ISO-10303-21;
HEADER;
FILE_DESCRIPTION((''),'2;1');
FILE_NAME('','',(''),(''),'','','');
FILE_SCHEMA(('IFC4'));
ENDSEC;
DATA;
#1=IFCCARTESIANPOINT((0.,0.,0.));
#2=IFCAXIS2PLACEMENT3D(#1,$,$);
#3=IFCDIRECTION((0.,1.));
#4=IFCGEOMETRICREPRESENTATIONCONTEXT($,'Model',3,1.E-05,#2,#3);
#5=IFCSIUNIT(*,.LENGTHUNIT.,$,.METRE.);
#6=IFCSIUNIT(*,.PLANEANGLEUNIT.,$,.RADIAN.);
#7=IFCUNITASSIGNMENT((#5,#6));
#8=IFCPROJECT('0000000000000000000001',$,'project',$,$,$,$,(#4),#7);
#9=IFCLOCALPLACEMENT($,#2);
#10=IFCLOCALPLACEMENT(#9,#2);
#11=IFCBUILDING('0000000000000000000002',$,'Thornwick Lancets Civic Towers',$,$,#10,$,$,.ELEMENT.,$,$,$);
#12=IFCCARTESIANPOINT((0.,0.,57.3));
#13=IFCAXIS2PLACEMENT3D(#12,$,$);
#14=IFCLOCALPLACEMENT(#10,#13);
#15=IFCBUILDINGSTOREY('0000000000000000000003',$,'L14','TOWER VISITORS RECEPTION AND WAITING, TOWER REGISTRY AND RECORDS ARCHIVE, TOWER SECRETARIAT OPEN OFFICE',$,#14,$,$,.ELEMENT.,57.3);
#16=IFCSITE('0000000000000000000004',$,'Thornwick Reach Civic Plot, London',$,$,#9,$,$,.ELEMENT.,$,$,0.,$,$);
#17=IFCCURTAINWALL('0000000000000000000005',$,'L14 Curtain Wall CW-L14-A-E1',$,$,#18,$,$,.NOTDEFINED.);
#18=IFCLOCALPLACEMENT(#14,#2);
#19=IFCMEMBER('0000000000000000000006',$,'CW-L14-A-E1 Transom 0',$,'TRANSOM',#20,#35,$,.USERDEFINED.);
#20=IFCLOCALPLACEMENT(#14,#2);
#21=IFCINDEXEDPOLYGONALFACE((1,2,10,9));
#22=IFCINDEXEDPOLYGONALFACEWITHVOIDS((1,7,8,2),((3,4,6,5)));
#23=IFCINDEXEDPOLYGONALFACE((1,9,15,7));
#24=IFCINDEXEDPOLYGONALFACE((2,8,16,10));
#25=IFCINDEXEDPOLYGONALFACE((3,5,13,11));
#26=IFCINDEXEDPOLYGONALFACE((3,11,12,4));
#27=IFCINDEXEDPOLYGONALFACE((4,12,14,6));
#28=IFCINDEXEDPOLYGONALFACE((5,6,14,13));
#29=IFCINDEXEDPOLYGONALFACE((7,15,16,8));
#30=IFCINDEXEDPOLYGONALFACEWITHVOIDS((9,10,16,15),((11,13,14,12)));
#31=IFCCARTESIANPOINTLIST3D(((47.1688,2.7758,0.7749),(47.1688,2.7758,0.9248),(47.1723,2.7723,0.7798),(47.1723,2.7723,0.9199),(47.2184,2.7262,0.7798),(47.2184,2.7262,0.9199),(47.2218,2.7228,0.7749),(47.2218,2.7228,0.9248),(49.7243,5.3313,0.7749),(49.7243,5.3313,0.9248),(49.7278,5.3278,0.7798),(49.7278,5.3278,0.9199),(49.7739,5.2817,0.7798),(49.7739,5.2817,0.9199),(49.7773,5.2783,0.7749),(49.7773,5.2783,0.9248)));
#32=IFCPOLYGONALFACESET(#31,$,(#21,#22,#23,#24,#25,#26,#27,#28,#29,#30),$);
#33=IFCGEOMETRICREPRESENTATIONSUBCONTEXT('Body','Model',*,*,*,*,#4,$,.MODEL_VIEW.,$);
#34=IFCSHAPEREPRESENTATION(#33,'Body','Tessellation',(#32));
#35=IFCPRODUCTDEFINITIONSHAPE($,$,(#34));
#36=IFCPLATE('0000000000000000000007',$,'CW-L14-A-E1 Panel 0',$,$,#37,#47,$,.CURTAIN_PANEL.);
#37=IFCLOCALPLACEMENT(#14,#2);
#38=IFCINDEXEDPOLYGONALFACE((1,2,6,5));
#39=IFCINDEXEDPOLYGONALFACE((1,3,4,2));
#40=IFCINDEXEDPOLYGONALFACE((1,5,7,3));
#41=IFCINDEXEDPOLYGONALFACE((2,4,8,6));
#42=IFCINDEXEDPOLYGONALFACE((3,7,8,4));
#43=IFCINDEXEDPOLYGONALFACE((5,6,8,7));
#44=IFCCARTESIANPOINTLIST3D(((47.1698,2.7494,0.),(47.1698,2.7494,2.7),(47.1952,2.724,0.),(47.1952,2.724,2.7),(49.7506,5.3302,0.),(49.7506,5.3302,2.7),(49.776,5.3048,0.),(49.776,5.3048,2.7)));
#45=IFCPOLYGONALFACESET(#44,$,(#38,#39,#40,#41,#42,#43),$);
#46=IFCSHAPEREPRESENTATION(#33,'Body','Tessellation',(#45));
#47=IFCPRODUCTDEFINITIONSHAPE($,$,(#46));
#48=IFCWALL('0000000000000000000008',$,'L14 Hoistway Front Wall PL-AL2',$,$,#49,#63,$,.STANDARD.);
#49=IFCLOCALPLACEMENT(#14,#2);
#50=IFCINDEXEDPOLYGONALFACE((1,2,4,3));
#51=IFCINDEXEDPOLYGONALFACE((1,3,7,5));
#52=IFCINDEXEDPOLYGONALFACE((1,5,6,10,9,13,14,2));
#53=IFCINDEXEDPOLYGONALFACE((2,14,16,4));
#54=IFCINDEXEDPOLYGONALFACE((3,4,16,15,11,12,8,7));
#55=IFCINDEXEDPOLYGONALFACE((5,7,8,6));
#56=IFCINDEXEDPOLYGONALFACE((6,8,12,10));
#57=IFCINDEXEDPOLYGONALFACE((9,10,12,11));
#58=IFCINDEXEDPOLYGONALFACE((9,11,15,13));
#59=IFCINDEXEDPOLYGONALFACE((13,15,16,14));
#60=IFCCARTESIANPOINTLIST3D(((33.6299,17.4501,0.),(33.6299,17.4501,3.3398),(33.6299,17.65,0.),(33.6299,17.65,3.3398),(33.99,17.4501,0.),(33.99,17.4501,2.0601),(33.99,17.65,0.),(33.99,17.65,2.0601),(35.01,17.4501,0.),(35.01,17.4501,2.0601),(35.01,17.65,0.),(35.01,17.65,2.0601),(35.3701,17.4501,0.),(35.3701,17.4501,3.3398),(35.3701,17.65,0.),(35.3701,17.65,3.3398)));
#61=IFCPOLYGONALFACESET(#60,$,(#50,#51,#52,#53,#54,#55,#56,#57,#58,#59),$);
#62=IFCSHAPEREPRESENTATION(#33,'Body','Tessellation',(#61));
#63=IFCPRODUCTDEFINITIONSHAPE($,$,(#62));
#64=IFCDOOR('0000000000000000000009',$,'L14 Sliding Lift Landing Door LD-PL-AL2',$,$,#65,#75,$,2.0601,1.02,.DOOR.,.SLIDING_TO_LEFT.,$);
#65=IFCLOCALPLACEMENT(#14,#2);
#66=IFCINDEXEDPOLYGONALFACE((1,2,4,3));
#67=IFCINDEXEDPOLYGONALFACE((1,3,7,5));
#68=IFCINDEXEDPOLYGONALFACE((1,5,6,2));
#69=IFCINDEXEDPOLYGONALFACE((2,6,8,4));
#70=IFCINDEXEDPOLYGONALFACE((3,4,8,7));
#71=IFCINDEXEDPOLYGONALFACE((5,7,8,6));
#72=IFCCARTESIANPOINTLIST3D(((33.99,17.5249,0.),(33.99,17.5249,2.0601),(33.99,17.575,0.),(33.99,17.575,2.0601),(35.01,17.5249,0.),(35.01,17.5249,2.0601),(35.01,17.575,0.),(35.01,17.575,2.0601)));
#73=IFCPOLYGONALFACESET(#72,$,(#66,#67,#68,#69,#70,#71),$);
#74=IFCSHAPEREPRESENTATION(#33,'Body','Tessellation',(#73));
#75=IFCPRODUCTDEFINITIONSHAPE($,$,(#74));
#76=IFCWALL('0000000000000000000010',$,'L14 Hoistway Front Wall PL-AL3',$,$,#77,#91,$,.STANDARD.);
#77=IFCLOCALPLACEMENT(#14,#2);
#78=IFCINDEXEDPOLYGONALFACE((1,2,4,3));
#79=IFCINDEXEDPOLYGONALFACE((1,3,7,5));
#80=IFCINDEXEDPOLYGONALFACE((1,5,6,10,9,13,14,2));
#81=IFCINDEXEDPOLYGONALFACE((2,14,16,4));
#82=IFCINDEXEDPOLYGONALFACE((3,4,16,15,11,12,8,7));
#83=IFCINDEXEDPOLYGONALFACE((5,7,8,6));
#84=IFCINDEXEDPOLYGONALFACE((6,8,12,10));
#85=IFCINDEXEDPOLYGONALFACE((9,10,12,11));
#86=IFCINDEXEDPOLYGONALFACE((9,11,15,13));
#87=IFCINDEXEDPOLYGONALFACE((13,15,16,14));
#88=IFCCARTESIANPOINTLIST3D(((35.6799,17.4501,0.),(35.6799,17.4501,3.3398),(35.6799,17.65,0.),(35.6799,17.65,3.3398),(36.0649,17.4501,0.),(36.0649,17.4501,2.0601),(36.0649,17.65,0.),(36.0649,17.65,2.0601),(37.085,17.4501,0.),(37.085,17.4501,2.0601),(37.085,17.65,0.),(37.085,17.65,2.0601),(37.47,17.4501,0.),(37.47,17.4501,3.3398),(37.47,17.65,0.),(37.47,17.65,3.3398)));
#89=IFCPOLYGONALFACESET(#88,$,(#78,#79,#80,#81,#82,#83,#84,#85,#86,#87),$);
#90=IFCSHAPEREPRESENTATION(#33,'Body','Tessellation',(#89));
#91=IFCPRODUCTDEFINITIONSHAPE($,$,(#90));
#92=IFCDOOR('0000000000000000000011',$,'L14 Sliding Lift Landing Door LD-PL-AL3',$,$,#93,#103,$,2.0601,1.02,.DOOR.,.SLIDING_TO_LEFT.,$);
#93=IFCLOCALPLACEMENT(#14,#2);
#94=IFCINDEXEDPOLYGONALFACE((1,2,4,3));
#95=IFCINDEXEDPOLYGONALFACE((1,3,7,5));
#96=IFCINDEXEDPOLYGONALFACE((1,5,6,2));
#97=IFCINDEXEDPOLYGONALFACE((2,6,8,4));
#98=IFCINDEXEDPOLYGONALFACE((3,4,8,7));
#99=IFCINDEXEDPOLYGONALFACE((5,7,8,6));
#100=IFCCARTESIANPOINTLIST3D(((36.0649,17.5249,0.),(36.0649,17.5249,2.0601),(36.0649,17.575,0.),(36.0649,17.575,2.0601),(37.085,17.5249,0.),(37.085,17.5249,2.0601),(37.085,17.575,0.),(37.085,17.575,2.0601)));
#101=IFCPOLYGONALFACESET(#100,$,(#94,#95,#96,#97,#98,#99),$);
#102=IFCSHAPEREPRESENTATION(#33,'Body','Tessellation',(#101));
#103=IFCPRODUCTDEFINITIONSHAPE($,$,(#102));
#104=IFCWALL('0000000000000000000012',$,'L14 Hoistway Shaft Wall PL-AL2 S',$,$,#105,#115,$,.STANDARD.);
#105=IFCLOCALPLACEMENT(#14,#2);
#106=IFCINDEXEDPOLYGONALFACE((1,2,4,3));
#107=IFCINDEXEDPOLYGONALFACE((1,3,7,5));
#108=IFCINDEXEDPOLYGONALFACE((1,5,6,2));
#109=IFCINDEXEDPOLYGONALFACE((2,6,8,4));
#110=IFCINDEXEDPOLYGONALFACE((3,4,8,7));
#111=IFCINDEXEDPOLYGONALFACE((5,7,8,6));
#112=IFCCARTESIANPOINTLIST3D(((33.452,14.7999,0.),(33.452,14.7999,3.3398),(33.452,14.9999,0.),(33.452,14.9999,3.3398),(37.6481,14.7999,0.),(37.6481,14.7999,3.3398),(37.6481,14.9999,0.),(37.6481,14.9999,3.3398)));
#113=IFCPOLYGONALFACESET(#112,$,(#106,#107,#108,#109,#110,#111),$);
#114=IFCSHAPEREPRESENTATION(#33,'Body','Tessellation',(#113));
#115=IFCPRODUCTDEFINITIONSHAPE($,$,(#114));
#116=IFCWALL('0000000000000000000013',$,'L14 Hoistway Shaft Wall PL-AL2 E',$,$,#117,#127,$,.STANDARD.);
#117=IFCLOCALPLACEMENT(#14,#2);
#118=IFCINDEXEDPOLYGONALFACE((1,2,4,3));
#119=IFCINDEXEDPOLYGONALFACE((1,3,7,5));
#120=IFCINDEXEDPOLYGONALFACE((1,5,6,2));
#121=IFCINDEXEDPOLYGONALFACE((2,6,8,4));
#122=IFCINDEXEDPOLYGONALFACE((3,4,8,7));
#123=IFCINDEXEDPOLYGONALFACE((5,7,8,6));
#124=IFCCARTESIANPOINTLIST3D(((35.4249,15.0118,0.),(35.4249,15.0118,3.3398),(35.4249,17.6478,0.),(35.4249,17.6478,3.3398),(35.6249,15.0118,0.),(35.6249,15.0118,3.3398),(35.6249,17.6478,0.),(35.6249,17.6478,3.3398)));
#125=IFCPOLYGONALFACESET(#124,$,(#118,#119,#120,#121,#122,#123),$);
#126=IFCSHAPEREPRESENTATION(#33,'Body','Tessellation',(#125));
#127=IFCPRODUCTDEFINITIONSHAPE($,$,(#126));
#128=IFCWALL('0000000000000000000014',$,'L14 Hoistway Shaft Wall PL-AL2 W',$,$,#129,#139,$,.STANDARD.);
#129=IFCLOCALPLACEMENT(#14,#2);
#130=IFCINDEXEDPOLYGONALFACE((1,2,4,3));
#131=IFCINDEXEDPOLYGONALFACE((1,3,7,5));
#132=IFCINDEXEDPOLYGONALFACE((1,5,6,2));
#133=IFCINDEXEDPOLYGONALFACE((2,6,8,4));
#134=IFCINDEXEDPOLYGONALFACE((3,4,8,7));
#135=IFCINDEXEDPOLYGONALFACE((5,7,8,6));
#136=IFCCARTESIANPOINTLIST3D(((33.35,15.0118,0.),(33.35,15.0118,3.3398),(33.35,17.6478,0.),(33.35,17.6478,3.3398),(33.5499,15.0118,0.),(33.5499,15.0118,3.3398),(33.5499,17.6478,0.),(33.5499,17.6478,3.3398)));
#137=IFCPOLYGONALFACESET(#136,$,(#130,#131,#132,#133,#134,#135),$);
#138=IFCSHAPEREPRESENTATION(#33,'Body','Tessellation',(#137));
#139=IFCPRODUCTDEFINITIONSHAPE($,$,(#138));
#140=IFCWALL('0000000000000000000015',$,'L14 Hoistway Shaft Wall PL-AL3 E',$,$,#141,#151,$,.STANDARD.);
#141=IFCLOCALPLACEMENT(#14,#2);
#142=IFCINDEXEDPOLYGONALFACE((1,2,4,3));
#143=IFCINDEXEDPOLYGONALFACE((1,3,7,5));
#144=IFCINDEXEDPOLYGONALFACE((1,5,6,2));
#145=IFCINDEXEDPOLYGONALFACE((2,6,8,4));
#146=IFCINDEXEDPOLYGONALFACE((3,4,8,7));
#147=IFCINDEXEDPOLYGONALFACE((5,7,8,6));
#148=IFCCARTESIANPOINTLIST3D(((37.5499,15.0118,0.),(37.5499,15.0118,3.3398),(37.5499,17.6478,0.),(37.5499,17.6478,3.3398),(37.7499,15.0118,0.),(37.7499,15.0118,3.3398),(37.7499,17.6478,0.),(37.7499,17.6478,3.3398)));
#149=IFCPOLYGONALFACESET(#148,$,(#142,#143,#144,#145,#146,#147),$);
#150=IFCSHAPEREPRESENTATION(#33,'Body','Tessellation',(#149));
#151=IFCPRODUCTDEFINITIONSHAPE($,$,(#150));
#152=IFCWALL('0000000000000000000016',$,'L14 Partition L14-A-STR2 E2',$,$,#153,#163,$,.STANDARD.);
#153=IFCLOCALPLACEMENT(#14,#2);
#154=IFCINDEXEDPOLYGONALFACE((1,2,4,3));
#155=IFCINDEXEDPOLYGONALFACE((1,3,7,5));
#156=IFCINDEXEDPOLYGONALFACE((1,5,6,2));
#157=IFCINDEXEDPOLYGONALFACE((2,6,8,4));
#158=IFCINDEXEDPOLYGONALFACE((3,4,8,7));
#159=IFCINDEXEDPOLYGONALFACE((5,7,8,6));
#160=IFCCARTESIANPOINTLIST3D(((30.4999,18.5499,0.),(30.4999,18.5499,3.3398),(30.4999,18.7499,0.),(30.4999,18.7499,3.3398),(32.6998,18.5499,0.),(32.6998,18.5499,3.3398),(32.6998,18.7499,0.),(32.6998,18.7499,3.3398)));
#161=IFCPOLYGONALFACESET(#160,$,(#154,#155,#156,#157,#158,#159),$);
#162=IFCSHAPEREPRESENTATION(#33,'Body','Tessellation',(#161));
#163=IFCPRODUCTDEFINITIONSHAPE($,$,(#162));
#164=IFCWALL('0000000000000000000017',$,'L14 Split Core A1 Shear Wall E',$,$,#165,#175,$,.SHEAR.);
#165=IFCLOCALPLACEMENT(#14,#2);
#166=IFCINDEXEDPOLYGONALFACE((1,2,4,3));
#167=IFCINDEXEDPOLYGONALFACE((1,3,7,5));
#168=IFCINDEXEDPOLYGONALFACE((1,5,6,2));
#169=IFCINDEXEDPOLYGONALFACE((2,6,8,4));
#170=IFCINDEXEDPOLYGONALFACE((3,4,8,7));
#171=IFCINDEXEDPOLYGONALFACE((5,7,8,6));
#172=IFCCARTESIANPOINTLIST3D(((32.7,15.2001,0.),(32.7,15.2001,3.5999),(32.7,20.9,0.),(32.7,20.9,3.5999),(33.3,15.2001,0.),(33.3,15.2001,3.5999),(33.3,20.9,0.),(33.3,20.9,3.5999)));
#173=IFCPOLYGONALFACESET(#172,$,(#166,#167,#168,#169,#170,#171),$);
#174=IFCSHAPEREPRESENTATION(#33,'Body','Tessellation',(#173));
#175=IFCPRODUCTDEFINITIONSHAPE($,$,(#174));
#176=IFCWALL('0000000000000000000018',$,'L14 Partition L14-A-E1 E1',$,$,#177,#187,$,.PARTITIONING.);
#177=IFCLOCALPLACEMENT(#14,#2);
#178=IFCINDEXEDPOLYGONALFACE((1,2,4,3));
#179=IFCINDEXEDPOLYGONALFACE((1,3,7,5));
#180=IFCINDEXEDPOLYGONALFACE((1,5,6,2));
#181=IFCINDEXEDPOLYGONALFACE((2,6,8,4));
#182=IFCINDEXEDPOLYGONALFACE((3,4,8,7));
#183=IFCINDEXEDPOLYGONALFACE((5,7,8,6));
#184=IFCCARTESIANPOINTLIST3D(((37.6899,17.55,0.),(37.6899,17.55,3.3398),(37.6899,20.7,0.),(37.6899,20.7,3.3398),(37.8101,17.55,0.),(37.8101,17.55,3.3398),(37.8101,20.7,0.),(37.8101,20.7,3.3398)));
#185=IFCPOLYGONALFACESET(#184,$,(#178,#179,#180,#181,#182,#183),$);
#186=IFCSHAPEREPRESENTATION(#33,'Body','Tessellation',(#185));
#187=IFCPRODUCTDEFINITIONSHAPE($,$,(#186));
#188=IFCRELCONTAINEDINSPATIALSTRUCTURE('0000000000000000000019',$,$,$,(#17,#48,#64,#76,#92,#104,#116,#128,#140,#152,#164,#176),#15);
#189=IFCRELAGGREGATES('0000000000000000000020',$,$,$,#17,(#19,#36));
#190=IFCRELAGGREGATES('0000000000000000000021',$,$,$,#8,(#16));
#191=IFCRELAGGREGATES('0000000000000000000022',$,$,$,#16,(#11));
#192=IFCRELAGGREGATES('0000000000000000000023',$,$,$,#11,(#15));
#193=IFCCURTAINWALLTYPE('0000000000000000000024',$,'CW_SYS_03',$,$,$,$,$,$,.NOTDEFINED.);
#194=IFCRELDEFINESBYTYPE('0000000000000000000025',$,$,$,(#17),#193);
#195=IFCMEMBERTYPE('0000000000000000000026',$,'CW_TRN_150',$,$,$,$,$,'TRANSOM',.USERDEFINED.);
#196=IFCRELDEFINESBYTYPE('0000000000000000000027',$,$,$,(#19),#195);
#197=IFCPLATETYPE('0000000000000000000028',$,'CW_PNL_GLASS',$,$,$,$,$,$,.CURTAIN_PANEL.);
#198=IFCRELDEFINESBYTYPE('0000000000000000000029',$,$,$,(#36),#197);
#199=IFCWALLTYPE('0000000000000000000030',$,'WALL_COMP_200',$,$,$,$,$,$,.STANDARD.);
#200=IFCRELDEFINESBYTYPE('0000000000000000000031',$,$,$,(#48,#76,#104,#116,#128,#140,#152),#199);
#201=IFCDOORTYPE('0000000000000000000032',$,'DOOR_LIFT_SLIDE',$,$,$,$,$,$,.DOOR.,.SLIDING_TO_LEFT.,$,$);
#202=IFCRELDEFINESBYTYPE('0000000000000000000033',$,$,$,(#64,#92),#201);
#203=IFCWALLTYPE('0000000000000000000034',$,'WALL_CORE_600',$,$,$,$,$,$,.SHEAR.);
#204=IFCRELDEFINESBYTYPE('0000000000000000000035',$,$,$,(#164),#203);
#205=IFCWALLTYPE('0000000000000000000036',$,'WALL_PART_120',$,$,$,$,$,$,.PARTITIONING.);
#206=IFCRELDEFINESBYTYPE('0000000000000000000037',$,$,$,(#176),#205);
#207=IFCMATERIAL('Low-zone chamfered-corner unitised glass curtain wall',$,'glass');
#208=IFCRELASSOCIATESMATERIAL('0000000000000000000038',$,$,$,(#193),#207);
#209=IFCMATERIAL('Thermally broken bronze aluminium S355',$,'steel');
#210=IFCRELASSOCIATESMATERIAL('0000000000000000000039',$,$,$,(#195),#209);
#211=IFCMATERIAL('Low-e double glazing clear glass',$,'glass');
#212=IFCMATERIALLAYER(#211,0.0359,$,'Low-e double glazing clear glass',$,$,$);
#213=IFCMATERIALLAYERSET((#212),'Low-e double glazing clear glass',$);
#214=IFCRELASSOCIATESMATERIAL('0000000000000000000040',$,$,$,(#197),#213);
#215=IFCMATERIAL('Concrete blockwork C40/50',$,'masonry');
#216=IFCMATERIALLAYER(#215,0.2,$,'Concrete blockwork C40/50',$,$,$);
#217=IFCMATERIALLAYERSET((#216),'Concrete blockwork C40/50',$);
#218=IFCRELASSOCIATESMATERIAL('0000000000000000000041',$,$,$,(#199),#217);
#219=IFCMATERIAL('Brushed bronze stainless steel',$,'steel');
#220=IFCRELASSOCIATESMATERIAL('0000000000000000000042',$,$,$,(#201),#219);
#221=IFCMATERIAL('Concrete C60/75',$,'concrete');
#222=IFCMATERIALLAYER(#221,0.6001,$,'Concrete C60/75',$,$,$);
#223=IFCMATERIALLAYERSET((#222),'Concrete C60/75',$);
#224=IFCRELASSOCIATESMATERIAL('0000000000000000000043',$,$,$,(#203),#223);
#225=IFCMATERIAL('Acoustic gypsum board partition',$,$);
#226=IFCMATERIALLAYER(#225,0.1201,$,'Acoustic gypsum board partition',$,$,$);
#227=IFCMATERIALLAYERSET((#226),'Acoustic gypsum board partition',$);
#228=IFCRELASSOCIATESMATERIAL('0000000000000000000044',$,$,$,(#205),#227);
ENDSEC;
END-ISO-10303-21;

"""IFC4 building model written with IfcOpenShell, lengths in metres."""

from ifc_helpers import new_model, si_unit, direction, frame, frame_2d, origin, origin_2d, place, context, subcontext, project, spatial, rectangle, hollow_rectangle, extrude, material, layer, layer_set, material_profile, profile_set, type_object, element, fill, aggregate, save


model = new_model("IFC4")

# Units and contexts
model_context = context("Model", 3, precision=1e-05, world=origin(), true_north=direction((0.0, 1.0)))
body_context = subcontext(model_context, "Body", "Model", "MODEL_VIEW")
ifc_project = project(units=[si_unit("LENGTHUNIT", "METRE"), si_unit("PLANEANGLEUNIT", "RADIAN")], contexts=[model_context])

# Site, building, storey
site_placement = place(None, origin())
site = spatial("IfcSite", under=ifc_project, at=site_placement, Name="Thornwick Reach Civic Plot, London", CompositionType="ELEMENT", RefElevation=0.0)
building_placement = place(site_placement, origin())
building = spatial("IfcBuilding", under=site, at=building_placement, Name="Thornwick Lancets Civic Towers", CompositionType="ELEMENT")
storey_placement = place(building_placement, frame((0.0, 0.0, 57.3)))
storey = spatial("IfcBuildingStorey", under=building, at=storey_placement, Name="L14", Description="TOWER VISITORS RECEPTION AND WAITING, TOWER REGISTRY AND RECORDS ARCHIVE, TOWER SECRETARIAT OPEN OFFICE", CompositionType="ELEMENT", Elevation=57.3)

# Shared definitions
ifc_material_1 = material(Name="Concrete C60/75", Category="concrete")

# Curtain wall, member, plate
ifc_material_2 = material(Name="Low-zone chamfered-corner unitised glass curtain wall", Category="glass")
curtain_wall_type = type_object("IfcCurtainWallType", Name="CW_SYS_03", PredefinedType="NOTDEFINED", material=ifc_material_2)
curtain_wall_placement = place(storey_placement, origin())
curtain_wall = element("IfcCurtainWall", 1, at=curtain_wall_placement, inside=storey, type_object=curtain_wall_type, Name="L14 Curtain Wall CW-L14-A-E1", PredefinedType="NOTDEFINED")
ifc_material_3 = material(Name="Thermally broken bronze aluminium S355", Category="steel")
ifc_material_profile_1 = material_profile(ifc_material_3, hollow_rectangle(XDim=0.075, YDim=0.1499, WallThickness=0.0049, at=origin_2d()), Name="RHS 150x75x5")
ifc_profile_set_1 = profile_set([ifc_material_profile_1], Name="Thermally broken bronze aluminium S355")
member_type_1 = type_object("IfcMemberType", Name="CW_TRN_150", ElementType="TRANSOM", PredefinedType="USERDEFINED", material=ifc_profile_set_1)
member_1_placement = place(storey_placement, frame((47.1953, 2.7493, 0.8499), z_axis=(0.707107, 0.707107, 0.0), x_axis=(-0.707107, 0.707107, 0.0)))
member_1 = element("IfcMember", 2, at=member_1_placement, type_object=member_type_1, Name="CW-L14-A-E1 Transom 0", ObjectType="TRANSOM", PredefinedType="USERDEFINED", context=body_context, shape_type="SweptSolid", body=[
    extrude(hollow_rectangle(XDim=0.075, YDim=0.1499, WallThickness=0.0049, at=origin_2d()), origin(), (0.0, 0.0, 1.0), 3.614),
])
ifc_material_4 = material(Name="Low-e double glazing clear glass", Category="glass")
ifc_layer_1 = layer(ifc_material_4, 0.0359, Name="Low-e double glazing clear glass")
ifc_layer_set_1 = layer_set([ifc_layer_1], Name="Low-e double glazing clear glass")
plate_type = type_object("IfcPlateType", Name="CW_PNL_GLASS", PredefinedType="CURTAIN_PANEL", material=ifc_layer_set_1)
plate_placement = place(storey_placement, frame((48.4729, 4.0271, 0.0), z_axis=(0.0, 0.0, 1.0), x_axis=(0.707107, 0.707107, 0.0)))
plate = element("IfcPlate", 3, at=plate_placement, type_object=plate_type, Name="CW-L14-A-E1 Panel 0", PredefinedType="CURTAIN_PANEL", context=body_context, shape_type="SweptSolid", body=[
    extrude(rectangle(XDim=3.6499, YDim=0.0359, at=origin_2d()), origin(), (0.0, 0.0, 1.0), 2.7),
])
aggregate(curtain_wall, [member_1, plate])

# Walls, openings, doors
ifc_material_5 = material(Name="Concrete blockwork C40/50", Category="masonry")
ifc_layer_2 = layer(ifc_material_5, 0.2, Name="Concrete blockwork C40/50")
ifc_layer_set_2 = layer_set([ifc_layer_2], Name="Concrete blockwork C40/50")
wall_type_1 = type_object("IfcWallType", Name="WALL_COMP_200", PredefinedType="STANDARD", material=ifc_layer_set_2)
wall_1_placement = place(storey_placement, frame((33.6299, 17.55, 0.0), z_axis=(0.0, 0.0, 1.0), x_axis=(1.0, 0.0, 0.0)))
wall_1 = element("IfcWall", 4, at=wall_1_placement, inside=storey, type_object=wall_type_1, Name="L14 Hoistway Front Wall PL-AL2", PredefinedType="STANDARD", context=body_context, shape_type="SweptSolid", body=[
    extrude(rectangle(XDim=1.7402, YDim=0.2, at=frame_2d((0.8701, 0.0))), origin(), (0.0, 0.0, 1.0), 3.3398),
])
opening_1_placement = place(wall_1_placement, frame((0.3601, 0.0, 0.0)))
opening_1 = element("IfcOpeningElement", 5, at=opening_1_placement, cuts=wall_1, PredefinedType="OPENING", context=body_context, shape_type="SweptSolid", body=[
    extrude(rectangle(XDim=1.02, YDim=2.0601, at=frame_2d((0.51, 1.03))), frame((0.0, 0.1099, 0.0), z_axis=(0.0, -1.0, 0.0), x_axis=(1.0, 0.0, 0.0)), (0.0, 0.0, 1.0), 0.22),
])
ifc_material_6 = material(Name="Brushed bronze stainless steel", Category="steel")
door_type = type_object("IfcDoorType", Name="DOOR_LIFT_SLIDE", OperationType="SLIDING_TO_LEFT", PredefinedType="DOOR", material=ifc_material_6)
door_1_placement = place(opening_1_placement, origin())
door_1 = element("IfcDoor", 6, at=door_1_placement, inside=storey, type_object=door_type, Name="L14 Sliding Lift Landing Door LD-PL-AL2", OperationType="SLIDING_TO_LEFT", OverallHeight=2.0601, OverallWidth=1.02, PredefinedType="DOOR", context=body_context, shape_type="SweptSolid", body=[
    extrude(rectangle(XDim=1.02, YDim=2.0601, at=frame_2d((0.51, 1.03))), frame((0.0, 0.0249, 0.0), z_axis=(0.0, -1.0, 0.0), x_axis=(1.0, 0.0, 0.0)), (0.0, 0.0, 1.0), 0.05),
])
fill(opening_1, door_1)
wall_2_placement = place(storey_placement, frame((35.6799, 17.55, 0.0), z_axis=(0.0, 0.0, 1.0), x_axis=(1.0, 0.0, 0.0)))
wall_2 = element("IfcWall", 7, at=wall_2_placement, inside=storey, type_object=wall_type_1, Name="L14 Hoistway Front Wall PL-AL3", PredefinedType="STANDARD", context=body_context, shape_type="SweptSolid", body=[
    extrude(rectangle(XDim=1.79, YDim=0.2, at=frame_2d((0.895, 0.0))), origin(), (0.0, 0.0, 1.0), 3.3398),
])
opening_2_placement = place(wall_2_placement, frame((0.385, 0.0, 0.0)))
opening_2 = element("IfcOpeningElement", 8, at=opening_2_placement, cuts=wall_2, PredefinedType="OPENING", context=body_context, shape_type="SweptSolid", body=[
    extrude(rectangle(XDim=1.02, YDim=2.0601, at=frame_2d((0.51, 1.03))), frame((0.0, 0.1099, 0.0), z_axis=(0.0, -1.0, 0.0), x_axis=(1.0, 0.0, 0.0)), (0.0, 0.0, 1.0), 0.22),
])
door_2_placement = place(opening_2_placement, origin())
door_2 = element("IfcDoor", 9, at=door_2_placement, inside=storey, type_object=door_type, Name="L14 Sliding Lift Landing Door LD-PL-AL3", OperationType="SLIDING_TO_LEFT", OverallHeight=2.0601, OverallWidth=1.02, PredefinedType="DOOR", context=body_context, shape_type="SweptSolid", body=[
    extrude(rectangle(XDim=1.02, YDim=2.0601, at=frame_2d((0.51, 1.03))), frame((0.0, 0.0249, 0.0), z_axis=(0.0, -1.0, 0.0), x_axis=(1.0, 0.0, 0.0)), (0.0, 0.0, 1.0), 0.05),
])
fill(opening_2, door_2)

# Walls
wall_3_placement = place(storey_placement, frame((33.4519, 14.8999, 0.0), z_axis=(0.0, 0.0, 1.0), x_axis=(1.0, 0.0, 0.0)))
element("IfcWall", 10, at=wall_3_placement, inside=storey, type_object=wall_type_1, Name="L14 Hoistway Shaft Wall PL-AL2 S", PredefinedType="STANDARD", context=body_context, shape_type="SweptSolid", body=[
    extrude(rectangle(XDim=4.196, YDim=0.2, at=frame_2d((2.0981, 0.0))), origin(), (0.0, 0.0, 1.0), 3.3398),
])
for number, where, z_axis, x_axis, name in (
    (11, (35.5249, 15.012, 0.0), (0.0, 0.0, 1.0), (0.0, 1.0, 0.0), "L14 Hoistway Shaft Wall PL-AL2 E"),
    (12, (33.45, 15.012, 0.0), (0.0, 0.0, 1.0), (0.0, 1.0, 0.0), "L14 Hoistway Shaft Wall PL-AL2 W"),
    (13, (37.6499, 15.012, 0.0), (0.0, 0.0, 1.0), (0.0, 1.0, 0.0), "L14 Hoistway Shaft Wall PL-AL3 E"),
):
    element("IfcWall", number, at=place(storey_placement, frame(where, z_axis=z_axis, x_axis=x_axis)), inside=storey, type_object=wall_type_1, Name=name, PredefinedType="STANDARD", context=body_context, shape_type="SweptSolid", body=[
        extrude(rectangle(XDim=2.636, YDim=0.2, at=frame_2d((1.3179, 0.0))), origin(), (0.0, 0.0, 1.0), 3.3398),
    ])
wall_4_placement = place(storey_placement, frame((32.7, 18.6499, 0.0), z_axis=(0.0, 0.0, 1.0), x_axis=(-1.0, 0.0, 0.0)))
element("IfcWall", 14, at=wall_4_placement, inside=storey, type_object=wall_type_1, Name="L14 Partition L14-A-STR2 E2", PredefinedType="STANDARD", context=body_context, shape_type="SweptSolid", body=[
    extrude(rectangle(XDim=2.2, YDim=0.2, at=frame_2d((1.1001, 0.0))), origin(), (0.0, 0.0, 1.0), 3.3398),
])
ifc_layer_3 = layer(ifc_material_1, 0.6001, Name="Concrete C60/75")
ifc_layer_set_3 = layer_set([ifc_layer_3], Name="Concrete C60/75")
wall_type_2 = type_object("IfcWallType", Name="WALL_CORE_600", PredefinedType="SHEAR", material=ifc_layer_set_3)
wall_5_placement = place(storey_placement, frame((33.0, 15.2, 0.0), z_axis=(0.0, 0.0, 1.0), x_axis=(0.0, 1.0, 0.0)))
element("IfcWall", 15, at=wall_5_placement, inside=storey, type_object=wall_type_2, Name="L14 Split Core A1 Shear Wall E", PredefinedType="SHEAR", context=body_context, shape_type="SweptSolid", body=[
    extrude(rectangle(XDim=5.7, YDim=0.6001, at=frame_2d((2.8501, 0.0))), origin(), (0.0, 0.0, 1.0), 3.5999),
])
ifc_material_7 = material(Name="Acoustic gypsum board partition")
ifc_layer_4 = layer(ifc_material_7, 0.1201, Name="Acoustic gypsum board partition")
ifc_layer_set_4 = layer_set([ifc_layer_4], Name="Acoustic gypsum board partition")
wall_type_3 = type_object("IfcWallType", Name="WALL_PART_120", PredefinedType="PARTITIONING", material=ifc_layer_set_4)
wall_6_placement = place(storey_placement, frame((37.75, 17.55, 0.0), z_axis=(0.0, 0.0, 1.0), x_axis=(0.0, 1.0, 0.0)))
element("IfcWall", 16, at=wall_6_placement, inside=storey, type_object=wall_type_3, Name="L14 Partition L14-A-E1 E1", PredefinedType="PARTITIONING", context=body_context, shape_type="SweptSolid", body=[
    extrude(rectangle(XDim=3.1499, YDim=0.1201, at=frame_2d((1.575, 0.0))), origin(), (0.0, 0.0, 1.0), 3.3398),
])

save(model, "model.ifc")
